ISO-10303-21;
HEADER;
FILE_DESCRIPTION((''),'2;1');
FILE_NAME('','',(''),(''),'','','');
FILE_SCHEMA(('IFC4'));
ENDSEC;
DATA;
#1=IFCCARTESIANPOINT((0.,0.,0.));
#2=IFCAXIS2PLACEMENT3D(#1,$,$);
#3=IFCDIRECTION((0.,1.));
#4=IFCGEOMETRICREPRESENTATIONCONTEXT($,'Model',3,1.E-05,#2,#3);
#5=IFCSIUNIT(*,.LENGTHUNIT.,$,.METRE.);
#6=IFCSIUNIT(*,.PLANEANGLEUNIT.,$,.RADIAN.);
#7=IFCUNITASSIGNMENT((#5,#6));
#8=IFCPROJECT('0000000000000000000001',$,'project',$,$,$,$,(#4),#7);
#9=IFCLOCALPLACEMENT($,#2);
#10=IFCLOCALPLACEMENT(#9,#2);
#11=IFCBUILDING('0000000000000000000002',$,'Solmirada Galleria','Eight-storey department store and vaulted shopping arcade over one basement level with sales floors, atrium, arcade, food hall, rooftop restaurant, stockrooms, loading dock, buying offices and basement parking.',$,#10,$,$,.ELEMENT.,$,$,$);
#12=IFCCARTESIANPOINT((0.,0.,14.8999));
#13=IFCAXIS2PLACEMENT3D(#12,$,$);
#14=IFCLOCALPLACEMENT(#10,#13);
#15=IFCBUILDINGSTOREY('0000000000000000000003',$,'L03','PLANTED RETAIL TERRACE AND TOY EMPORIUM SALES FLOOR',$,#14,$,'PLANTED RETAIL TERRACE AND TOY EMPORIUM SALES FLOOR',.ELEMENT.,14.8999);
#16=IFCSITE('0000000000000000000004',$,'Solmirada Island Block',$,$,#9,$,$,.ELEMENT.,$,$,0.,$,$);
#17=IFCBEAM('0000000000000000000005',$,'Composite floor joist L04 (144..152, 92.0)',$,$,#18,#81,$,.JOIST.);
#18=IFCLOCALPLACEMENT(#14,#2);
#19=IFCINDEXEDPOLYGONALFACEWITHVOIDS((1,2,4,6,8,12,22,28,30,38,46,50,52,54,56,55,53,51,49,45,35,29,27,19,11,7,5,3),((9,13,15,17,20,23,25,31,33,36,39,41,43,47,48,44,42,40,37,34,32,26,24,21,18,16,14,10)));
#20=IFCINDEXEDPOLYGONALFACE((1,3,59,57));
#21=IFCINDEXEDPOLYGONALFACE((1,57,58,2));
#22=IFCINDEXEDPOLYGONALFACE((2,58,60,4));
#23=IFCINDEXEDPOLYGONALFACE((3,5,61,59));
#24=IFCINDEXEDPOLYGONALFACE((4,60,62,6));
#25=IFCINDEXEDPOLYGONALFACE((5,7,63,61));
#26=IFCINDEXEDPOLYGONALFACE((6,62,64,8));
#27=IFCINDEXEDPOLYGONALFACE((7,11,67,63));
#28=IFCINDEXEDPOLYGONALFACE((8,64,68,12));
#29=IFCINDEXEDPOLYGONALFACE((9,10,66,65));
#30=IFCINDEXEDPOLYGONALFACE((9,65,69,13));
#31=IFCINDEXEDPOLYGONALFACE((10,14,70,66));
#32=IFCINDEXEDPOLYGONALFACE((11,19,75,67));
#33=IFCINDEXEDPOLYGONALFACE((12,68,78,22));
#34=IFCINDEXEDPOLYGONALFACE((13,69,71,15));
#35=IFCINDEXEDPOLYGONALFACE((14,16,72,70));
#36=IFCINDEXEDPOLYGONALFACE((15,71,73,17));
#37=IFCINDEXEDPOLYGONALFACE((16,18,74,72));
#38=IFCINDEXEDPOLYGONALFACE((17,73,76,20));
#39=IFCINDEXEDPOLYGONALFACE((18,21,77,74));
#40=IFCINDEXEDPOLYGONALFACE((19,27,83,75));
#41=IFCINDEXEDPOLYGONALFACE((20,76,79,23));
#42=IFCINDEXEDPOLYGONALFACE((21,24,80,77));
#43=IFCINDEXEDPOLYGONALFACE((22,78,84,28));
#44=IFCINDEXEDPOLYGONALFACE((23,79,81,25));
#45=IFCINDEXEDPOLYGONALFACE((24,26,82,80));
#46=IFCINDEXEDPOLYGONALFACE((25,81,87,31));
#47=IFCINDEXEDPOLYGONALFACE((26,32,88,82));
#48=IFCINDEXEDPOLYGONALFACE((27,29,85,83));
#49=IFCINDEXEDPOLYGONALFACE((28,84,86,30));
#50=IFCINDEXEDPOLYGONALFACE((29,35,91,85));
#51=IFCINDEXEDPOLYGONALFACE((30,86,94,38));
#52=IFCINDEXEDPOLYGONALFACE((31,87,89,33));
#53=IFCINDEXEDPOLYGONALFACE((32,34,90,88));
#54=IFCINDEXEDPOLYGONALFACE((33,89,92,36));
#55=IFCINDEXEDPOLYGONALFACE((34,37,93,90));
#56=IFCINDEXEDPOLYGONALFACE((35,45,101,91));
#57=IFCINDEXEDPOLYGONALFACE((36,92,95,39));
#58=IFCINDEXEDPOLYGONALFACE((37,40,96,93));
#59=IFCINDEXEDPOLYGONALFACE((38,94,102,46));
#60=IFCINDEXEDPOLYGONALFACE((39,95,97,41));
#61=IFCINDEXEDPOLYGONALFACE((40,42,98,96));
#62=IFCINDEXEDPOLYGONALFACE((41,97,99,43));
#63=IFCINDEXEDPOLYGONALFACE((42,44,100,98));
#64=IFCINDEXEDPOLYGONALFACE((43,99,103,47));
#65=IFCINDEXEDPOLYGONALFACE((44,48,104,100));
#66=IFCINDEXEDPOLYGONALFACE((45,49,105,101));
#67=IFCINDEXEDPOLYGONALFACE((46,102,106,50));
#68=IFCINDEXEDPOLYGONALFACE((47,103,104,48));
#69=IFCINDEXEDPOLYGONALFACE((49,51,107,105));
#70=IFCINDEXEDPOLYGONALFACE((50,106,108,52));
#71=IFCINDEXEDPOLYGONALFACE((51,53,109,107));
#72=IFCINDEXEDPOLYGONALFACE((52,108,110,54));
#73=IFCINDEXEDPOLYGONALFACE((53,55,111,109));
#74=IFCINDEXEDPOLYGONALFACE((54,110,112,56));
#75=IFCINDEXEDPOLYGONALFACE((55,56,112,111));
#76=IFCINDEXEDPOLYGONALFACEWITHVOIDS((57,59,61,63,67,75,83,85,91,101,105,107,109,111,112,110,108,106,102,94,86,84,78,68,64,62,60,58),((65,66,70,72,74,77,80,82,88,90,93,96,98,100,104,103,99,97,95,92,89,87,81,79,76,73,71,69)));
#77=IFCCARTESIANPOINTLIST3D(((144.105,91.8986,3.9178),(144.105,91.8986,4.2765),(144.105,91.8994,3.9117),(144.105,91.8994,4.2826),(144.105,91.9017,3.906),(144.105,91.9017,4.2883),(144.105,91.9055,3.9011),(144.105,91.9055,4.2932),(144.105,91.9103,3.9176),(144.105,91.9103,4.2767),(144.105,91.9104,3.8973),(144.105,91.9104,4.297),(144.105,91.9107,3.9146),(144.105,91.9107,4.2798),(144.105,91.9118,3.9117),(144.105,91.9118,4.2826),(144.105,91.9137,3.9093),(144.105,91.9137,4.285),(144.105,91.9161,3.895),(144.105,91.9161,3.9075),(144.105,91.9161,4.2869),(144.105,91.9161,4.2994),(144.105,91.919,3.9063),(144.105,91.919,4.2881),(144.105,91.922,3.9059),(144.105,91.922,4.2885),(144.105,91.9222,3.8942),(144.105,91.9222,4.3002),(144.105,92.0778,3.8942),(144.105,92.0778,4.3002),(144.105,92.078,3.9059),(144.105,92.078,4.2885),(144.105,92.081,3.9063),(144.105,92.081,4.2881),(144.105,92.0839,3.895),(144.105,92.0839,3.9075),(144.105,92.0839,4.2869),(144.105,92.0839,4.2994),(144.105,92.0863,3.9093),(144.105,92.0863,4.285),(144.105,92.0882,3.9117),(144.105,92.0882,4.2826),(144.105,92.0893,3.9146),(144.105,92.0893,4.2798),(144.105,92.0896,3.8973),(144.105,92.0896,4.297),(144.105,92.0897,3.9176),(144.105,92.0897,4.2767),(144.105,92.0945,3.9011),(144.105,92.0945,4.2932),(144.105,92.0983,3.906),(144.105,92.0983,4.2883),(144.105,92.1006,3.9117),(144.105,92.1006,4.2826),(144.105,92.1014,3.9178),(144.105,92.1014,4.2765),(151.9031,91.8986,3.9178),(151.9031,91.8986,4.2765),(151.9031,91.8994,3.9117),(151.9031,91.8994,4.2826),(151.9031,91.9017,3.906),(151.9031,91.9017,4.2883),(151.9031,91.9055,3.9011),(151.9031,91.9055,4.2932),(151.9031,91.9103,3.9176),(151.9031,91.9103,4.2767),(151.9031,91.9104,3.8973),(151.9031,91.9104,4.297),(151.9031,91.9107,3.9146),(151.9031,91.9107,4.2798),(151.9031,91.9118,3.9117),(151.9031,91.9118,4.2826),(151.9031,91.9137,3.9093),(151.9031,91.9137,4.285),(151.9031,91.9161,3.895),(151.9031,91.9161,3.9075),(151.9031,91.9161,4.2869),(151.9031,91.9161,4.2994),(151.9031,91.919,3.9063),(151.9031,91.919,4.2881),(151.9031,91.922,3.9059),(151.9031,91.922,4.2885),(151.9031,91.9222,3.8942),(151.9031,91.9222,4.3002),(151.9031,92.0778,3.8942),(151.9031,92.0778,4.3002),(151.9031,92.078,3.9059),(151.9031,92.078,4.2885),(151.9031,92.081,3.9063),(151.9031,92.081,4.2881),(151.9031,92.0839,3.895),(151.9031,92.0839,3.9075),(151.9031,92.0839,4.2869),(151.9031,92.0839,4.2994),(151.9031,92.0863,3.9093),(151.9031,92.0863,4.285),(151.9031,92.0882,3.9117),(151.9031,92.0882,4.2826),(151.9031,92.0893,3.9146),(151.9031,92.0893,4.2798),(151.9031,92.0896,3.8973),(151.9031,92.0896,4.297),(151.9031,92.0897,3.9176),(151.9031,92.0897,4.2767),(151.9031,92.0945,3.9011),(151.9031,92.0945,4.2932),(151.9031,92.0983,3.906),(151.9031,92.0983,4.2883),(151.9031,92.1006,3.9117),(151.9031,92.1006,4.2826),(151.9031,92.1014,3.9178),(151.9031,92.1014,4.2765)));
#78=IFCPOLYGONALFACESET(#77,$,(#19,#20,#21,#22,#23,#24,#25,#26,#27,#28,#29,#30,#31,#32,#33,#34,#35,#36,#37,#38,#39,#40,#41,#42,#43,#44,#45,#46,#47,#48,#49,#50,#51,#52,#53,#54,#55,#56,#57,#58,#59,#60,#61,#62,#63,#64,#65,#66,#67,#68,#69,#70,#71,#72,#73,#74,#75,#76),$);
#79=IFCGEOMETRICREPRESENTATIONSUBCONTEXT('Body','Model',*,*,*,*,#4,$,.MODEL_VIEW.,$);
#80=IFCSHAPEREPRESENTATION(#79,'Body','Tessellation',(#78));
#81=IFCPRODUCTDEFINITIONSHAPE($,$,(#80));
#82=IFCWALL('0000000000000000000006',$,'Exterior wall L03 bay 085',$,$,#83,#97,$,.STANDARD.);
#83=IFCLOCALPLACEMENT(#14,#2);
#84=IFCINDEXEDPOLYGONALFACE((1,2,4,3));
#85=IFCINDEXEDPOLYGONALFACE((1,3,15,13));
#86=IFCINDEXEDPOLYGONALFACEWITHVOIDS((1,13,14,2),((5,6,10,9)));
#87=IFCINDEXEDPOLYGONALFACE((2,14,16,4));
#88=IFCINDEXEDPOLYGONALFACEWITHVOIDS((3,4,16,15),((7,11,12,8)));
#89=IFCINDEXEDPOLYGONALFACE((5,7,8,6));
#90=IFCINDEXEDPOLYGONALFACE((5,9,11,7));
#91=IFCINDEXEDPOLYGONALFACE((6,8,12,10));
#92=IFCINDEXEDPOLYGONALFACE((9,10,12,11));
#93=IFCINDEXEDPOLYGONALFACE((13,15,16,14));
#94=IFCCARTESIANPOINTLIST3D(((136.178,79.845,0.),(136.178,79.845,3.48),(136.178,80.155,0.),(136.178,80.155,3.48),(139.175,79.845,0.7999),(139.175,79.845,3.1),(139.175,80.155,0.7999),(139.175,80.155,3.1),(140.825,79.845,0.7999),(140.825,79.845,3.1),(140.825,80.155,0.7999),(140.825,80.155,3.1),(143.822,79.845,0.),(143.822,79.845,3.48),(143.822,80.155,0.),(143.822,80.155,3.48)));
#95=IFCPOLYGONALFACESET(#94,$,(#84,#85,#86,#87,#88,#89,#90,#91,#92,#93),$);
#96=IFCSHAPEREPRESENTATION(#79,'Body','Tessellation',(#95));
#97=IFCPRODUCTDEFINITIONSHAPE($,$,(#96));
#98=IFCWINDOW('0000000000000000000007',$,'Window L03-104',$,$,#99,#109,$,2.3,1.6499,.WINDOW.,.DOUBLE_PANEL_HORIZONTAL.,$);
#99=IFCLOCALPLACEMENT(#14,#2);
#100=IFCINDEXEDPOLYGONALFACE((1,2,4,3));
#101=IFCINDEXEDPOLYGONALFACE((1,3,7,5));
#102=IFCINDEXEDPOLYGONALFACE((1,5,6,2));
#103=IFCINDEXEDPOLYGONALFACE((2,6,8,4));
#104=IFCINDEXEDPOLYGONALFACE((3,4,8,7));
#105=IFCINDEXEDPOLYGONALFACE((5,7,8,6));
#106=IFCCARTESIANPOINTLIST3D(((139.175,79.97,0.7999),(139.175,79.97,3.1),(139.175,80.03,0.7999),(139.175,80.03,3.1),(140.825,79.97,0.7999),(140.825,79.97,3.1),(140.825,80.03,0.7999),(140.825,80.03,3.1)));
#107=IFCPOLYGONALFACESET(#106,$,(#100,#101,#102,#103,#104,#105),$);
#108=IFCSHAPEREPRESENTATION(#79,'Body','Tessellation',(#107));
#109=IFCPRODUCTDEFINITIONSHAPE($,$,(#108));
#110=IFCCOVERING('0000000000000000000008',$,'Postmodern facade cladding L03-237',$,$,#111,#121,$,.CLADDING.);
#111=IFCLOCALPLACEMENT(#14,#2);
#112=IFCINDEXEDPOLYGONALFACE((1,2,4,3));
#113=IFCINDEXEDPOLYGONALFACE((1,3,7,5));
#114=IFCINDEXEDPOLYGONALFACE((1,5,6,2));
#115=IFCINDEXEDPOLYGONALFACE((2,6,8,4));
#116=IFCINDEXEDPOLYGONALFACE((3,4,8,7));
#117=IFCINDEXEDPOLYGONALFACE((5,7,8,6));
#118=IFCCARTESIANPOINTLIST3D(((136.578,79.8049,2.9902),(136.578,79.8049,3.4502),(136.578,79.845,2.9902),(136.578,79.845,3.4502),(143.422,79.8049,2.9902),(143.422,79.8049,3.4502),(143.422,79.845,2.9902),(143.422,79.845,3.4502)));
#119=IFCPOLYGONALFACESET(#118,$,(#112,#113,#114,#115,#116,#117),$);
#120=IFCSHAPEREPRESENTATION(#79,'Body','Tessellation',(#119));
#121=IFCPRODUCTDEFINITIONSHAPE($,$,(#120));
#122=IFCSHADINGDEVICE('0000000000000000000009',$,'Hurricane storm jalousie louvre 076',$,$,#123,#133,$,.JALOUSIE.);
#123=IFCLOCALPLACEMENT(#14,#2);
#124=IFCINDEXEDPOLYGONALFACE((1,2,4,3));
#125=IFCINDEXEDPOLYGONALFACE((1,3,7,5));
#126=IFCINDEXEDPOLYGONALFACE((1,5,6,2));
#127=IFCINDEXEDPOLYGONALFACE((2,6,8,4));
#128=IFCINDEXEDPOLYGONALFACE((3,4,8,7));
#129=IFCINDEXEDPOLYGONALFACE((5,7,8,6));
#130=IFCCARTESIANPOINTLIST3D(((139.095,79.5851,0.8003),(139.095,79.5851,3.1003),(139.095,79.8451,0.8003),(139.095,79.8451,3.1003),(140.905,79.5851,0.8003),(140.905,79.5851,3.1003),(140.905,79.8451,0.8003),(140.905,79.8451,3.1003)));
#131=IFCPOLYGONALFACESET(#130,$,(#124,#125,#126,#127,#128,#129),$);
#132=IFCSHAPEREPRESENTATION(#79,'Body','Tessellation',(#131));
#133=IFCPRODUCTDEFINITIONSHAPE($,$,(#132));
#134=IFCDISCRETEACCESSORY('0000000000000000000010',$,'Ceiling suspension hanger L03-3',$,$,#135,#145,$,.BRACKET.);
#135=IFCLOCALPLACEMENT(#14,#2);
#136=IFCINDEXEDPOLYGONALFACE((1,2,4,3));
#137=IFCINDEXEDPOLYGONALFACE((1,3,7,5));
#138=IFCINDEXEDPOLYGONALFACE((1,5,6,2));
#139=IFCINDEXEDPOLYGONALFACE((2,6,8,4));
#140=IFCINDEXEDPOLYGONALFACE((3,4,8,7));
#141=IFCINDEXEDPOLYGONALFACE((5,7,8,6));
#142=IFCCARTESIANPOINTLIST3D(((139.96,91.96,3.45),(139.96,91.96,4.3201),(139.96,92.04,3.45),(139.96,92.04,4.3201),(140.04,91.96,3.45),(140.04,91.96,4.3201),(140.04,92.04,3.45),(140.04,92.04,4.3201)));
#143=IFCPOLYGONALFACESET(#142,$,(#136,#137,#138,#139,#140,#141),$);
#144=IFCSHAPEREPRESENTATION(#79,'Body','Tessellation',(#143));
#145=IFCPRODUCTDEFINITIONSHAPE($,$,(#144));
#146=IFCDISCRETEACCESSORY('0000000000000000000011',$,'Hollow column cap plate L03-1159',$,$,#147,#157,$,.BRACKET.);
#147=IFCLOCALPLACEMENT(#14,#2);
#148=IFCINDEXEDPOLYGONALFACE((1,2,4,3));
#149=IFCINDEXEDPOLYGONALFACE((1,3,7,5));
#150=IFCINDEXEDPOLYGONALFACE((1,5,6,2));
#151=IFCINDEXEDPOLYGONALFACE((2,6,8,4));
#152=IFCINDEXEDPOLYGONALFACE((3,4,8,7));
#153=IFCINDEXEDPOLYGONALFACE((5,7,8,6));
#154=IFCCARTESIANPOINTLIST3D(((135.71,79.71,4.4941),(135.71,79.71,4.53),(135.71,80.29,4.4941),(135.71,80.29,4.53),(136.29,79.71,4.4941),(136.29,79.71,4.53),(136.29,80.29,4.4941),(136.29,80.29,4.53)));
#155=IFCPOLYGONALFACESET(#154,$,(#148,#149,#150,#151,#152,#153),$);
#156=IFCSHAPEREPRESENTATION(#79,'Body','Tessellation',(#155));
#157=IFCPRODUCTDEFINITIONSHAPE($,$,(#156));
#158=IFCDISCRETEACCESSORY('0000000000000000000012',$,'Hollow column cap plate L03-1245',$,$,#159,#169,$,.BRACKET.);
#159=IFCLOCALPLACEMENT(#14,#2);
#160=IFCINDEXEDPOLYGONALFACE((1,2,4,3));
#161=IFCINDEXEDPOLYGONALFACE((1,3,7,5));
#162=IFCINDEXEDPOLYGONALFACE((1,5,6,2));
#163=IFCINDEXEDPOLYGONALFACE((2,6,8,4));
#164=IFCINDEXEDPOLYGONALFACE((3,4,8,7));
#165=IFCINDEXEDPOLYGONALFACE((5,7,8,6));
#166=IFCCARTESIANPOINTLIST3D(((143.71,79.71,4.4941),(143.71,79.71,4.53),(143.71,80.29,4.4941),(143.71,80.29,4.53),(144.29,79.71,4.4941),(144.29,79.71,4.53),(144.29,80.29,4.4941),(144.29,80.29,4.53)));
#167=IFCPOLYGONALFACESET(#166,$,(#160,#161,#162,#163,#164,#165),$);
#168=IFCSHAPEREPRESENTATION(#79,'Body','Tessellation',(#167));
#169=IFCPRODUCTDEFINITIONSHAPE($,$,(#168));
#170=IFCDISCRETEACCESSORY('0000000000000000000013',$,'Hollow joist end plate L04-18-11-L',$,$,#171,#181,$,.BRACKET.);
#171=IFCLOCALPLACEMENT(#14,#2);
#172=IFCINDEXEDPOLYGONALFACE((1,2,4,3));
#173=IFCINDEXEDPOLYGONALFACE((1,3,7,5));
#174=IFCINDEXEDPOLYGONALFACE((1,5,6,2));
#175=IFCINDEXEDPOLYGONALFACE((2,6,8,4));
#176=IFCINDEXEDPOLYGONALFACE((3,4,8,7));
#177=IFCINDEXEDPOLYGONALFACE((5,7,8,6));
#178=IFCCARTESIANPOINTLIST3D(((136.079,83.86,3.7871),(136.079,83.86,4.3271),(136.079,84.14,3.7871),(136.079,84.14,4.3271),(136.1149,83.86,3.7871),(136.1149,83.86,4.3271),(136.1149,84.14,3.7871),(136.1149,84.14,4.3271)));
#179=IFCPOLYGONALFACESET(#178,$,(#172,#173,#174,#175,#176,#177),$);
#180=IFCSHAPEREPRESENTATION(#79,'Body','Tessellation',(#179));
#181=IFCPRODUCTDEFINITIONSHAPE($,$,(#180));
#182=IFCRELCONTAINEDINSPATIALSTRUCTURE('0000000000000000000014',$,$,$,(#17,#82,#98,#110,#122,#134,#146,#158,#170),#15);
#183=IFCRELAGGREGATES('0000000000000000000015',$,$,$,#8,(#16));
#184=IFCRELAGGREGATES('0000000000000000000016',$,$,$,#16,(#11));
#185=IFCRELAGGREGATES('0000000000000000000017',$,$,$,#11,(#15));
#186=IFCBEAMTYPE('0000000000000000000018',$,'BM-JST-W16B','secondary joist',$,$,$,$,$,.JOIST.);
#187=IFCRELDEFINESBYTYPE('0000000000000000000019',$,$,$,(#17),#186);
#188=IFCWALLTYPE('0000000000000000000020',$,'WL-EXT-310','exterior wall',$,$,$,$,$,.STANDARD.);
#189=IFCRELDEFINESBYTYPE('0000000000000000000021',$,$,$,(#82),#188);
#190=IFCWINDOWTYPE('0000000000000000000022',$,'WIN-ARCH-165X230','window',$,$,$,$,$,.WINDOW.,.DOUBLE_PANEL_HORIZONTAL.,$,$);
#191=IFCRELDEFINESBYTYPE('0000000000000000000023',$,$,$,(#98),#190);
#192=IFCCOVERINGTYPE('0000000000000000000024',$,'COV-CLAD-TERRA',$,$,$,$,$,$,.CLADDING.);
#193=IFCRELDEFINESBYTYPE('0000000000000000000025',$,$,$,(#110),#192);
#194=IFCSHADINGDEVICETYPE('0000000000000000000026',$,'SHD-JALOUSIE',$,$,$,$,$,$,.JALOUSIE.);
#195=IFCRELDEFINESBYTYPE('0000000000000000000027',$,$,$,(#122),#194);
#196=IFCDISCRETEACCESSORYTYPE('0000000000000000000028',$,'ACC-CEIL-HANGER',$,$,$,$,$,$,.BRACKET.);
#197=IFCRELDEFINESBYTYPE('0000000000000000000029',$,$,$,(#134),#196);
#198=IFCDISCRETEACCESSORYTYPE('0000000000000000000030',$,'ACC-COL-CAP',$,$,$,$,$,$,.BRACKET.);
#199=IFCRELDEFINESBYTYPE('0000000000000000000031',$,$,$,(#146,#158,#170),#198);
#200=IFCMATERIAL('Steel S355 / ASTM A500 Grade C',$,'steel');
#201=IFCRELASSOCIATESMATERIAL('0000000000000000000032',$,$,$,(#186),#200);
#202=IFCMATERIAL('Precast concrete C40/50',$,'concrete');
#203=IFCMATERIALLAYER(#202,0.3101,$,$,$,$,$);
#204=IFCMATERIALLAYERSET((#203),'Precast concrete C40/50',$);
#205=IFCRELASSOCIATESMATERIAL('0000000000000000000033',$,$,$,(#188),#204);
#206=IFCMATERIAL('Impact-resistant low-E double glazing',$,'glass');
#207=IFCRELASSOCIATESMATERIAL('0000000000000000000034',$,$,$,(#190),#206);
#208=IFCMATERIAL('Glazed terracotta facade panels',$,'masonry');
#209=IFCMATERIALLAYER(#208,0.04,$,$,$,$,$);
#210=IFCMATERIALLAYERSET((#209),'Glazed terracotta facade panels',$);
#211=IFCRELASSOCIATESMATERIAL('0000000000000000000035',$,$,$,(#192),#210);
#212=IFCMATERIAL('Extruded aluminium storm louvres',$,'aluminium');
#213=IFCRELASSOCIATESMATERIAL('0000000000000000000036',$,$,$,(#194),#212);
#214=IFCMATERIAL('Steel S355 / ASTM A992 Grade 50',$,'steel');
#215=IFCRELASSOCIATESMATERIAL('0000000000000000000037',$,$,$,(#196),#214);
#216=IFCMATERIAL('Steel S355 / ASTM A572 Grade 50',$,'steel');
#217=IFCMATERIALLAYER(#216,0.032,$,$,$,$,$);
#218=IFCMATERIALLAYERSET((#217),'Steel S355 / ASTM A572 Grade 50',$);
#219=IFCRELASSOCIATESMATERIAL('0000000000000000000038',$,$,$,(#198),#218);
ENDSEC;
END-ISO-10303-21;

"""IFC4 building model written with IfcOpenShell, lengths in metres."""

from ifc_helpers import new_model, si_unit, direction, frame, frame_2d, origin, origin_2d, place, context, subcontext, project, spatial, rectangle, hollow_rectangle, extrude, material, layer, layer_set, material_profile, profile_set, type_object, element, fill, save


model = new_model("IFC4")

# Units and contexts
model_context = context("Model", 3, precision=1e-05, world=origin(), true_north=direction((0.0, 1.0)))
body_context = subcontext(model_context, "Body", "Model", "MODEL_VIEW")
ifc_project = project(units=[si_unit("LENGTHUNIT", "METRE"), si_unit("PLANEANGLEUNIT", "RADIAN")], contexts=[model_context])

# Site, building, storey
site_placement = place(None, origin())
site = spatial("IfcSite", under=ifc_project, at=site_placement, Name="Solmirada Island Block", CompositionType="ELEMENT", RefElevation=0.0)
building_placement = place(site_placement, origin())
building = spatial("IfcBuilding", under=site, at=building_placement, Name="Solmirada Galleria", Description="Eight-storey department store and vaulted shopping arcade over one basement level with sales floors, atrium, arcade, food hall, rooftop restaurant, stockrooms, loading dock, buying offices and basement parking.", CompositionType="ELEMENT")
storey_placement = place(building_placement, frame((0.0, 0.0, 14.8999)))
storey = spatial("IfcBuildingStorey", under=building, at=storey_placement, Name="L03", Description="PLANTED RETAIL TERRACE AND TOY EMPORIUM SALES FLOOR", LongName="PLANTED RETAIL TERRACE AND TOY EMPORIUM SALES FLOOR", CompositionType="ELEMENT", Elevation=14.8999)

# Shared definitions
ifc_material_1 = material(Name="Steel S355 / ASTM A500 Grade C", Category="steel")

# Beam
ifc_material_2 = material(Name="Steel S355 / ASTM A992 Grade 50", Category="steel")
ifc_material_profile_1 = material_profile(ifc_material_1, hollow_rectangle(XDim=0.2029, YDim=0.406, WallThickness=0.0117, InnerFilletRadius=0.0117, OuterFilletRadius=0.0237, at=origin_2d()), Name="HSS16X8X1/2")
ifc_profile_set_1 = profile_set([ifc_material_profile_1], Name="Steel S355 / ASTM A500 Grade C")
beam_type_1 = type_object("IfcBeamType", Name="BM-JST-W16B", Description="secondary joist", PredefinedType="JOIST", material=ifc_profile_set_1)
for number, where, z_axis, x_axis, name in (
    (1, (144.105, 92.0, 4.0972), (1.0, 0.0, 0.0), (0.0, 1.0, 0.0), "Composite floor joist L04 (144..152, 92.0)"),
):
    element("IfcBeam", number, at=place(storey_placement, frame(where, z_axis=z_axis, x_axis=x_axis)), inside=storey, type_object=beam_type_1, Name=name, PredefinedType="JOIST", context=body_context, shape_type="SweptSolid", body=[
        extrude(hollow_rectangle(XDim=0.2029, YDim=0.406, WallThickness=0.0117, InnerFilletRadius=0.0117, OuterFilletRadius=0.0237, at=origin_2d()), origin(), (0.0, 0.0, 1.0), 7.7981),
    ])

# Wall, opening, window
ifc_material_3 = material(Name="Precast concrete C40/50", Category="concrete")
ifc_layer_1 = layer(ifc_material_3, 0.3101)
ifc_layer_set_1 = layer_set([ifc_layer_1], Name="Precast concrete C40/50")
wall_type = type_object("IfcWallType", Name="WL-EXT-310", Description="exterior wall", PredefinedType="STANDARD", material=ifc_layer_set_1)
wall_placement = place(storey_placement, frame((143.822, 80.0, 0.0), z_axis=(0.0, 0.0, 1.0), x_axis=(-1.0, 0.0, 0.0)))
wall = element("IfcWall", 2, at=wall_placement, inside=storey, type_object=wall_type, Name="Exterior wall L03 bay 085", PredefinedType="STANDARD", context=body_context, shape_type="SweptSolid", body=[
    extrude(rectangle(XDim=7.644, YDim=0.3101, at=frame_2d((3.822, 0.0))), origin(), (0.0, 0.0, 1.0), 3.48),
])
opening_placement = place(wall_placement, frame((2.9971, 0.0, 0.8)))
opening = element("IfcOpeningElement", 3, at=opening_placement, cuts=wall, PredefinedType="OPENING", context=body_context, shape_type="SweptSolid", body=[
    extrude(rectangle(XDim=1.6499, YDim=2.3, at=frame_2d((0.825, 1.1499))), frame((0.0, 0.165, 0.0), z_axis=(0.0, -1.0, 0.0), x_axis=(1.0, 0.0, 0.0)), (0.0, 0.0, 1.0), 0.3301),
])
ifc_material_4 = material(Name="Impact-resistant low-E double glazing", Category="glass")
window_type = type_object("IfcWindowType", Name="WIN-ARCH-165X230", Description="window", PartitioningType="DOUBLE_PANEL_HORIZONTAL", PredefinedType="WINDOW", material=ifc_material_4)
window_placement = place(opening_placement, origin())
window = element("IfcWindow", 4, at=window_placement, inside=storey, type_object=window_type, Name="Window L03-104", OverallHeight=2.3, OverallWidth=1.6499, PartitioningType="DOUBLE_PANEL_HORIZONTAL", PredefinedType="WINDOW", context=body_context, shape_type="SweptSolid", body=[
    extrude(rectangle(XDim=1.6499, YDim=2.3, at=frame_2d((0.825, 1.1499))), frame((0.0, 0.03, 0.0), z_axis=(0.0, -1.0, 0.0), x_axis=(1.0, 0.0, 0.0)), (0.0, 0.0, 1.0), 0.0601),
])
fill(opening, window)

# Covering
ifc_material_5 = material(Name="Glazed terracotta facade panels", Category="masonry")
ifc_layer_2 = layer(ifc_material_5, 0.04)
ifc_layer_set_2 = layer_set([ifc_layer_2], Name="Glazed terracotta facade panels")
covering_type = type_object("IfcCoveringType", Name="COV-CLAD-TERRA", PredefinedType="CLADDING", material=ifc_layer_set_2)
covering_placement = place(storey_placement, frame((140.0, 79.825, 2.9902), z_axis=(0.0, 0.0, 1.0), x_axis=(-1.0, 0.0, 0.0)))
element("IfcCovering", 5, at=covering_placement, inside=storey, type_object=covering_type, Name="Postmodern facade cladding L03-237", PredefinedType="CLADDING", context=body_context, shape_type="SweptSolid", body=[
    extrude(rectangle(XDim=6.844, YDim=0.04, at=origin_2d()), origin(), (0.0, 0.0, 1.0), 0.46),
])

# Shading device
ifc_material_6 = material(Name="Extruded aluminium storm louvres", Category="aluminium")
shading_device_type = type_object("IfcShadingDeviceType", Name="SHD-JALOUSIE", PredefinedType="JALOUSIE", material=ifc_material_6)
shading_device_placement = place(storey_placement, frame((140.0, 79.7151, 0.8003), z_axis=(0.0, 0.0, 1.0), x_axis=(-1.0, 0.0, 0.0)))
element("IfcShadingDevice", 6, at=shading_device_placement, inside=storey, type_object=shading_device_type, Name="Hurricane storm jalousie louvre 076", PredefinedType="JALOUSIE", context=body_context, shape_type="SweptSolid", body=[
    extrude(rectangle(XDim=1.8101, YDim=0.26, at=origin_2d()), origin(), (0.0, 0.0, 1.0), 2.3),
])

# Discrete accessories
discrete_accessory_type_1 = type_object("IfcDiscreteAccessoryType", Name="ACC-CEIL-HANGER", PredefinedType="BRACKET", material=ifc_material_2)
discrete_accessory_placement = place(storey_placement, frame((140.0, 92.0, 3.45), z_axis=(0.0, 0.0, 1.0), x_axis=(1.0, 0.0, 0.0)))
element("IfcDiscreteAccessory", 7, at=discrete_accessory_placement, inside=storey, type_object=discrete_accessory_type_1, Name="Ceiling suspension hanger L03-3", PredefinedType="BRACKET", context=body_context, shape_type="SweptSolid", body=[
    extrude(rectangle(XDim=0.0801, YDim=0.0801, at=origin_2d()), origin(), (0.0, 0.0, 1.0), 0.8701),
])
ifc_material_7 = material(Name="Steel S355 / ASTM A572 Grade 50", Category="steel")
ifc_layer_3 = layer(ifc_material_7, 0.032)
ifc_layer_set_3 = layer_set([ifc_layer_3], Name="Steel S355 / ASTM A572 Grade 50")
discrete_accessory_type_2 = type_object("IfcDiscreteAccessoryType", Name="ACC-COL-CAP", PredefinedType="BRACKET", material=ifc_layer_set_3)
for number, where, z_axis, x_axis, name in (
    (8, (136.0, 80.0, 4.4941), (0.0, 0.0, 1.0), (1.0, 0.0, 0.0), "Hollow column cap plate L03-1159"),
    (9, (144.0, 80.0, 4.4941), (0.0, 0.0, 1.0), (1.0, 0.0, 0.0), "Hollow column cap plate L03-1245"),
):
    element("IfcDiscreteAccessory", number, at=place(storey_placement, frame(where, z_axis=z_axis, x_axis=x_axis)), inside=storey, type_object=discrete_accessory_type_2, Name=name, PredefinedType="BRACKET", context=body_context, shape_type="SweptSolid", body=[
        extrude(rectangle(XDim=0.5801, YDim=0.5801, at=origin_2d()), origin(), (0.0, 0.0, 1.0), 0.0359),
    ])
for number, where, z_axis, x_axis, name in (
    (10, (136.0969, 84.0, 3.7871), (0.0, 0.0, 1.0), (1.0, 0.0, 0.0), "Hollow joist end plate L04-18-11-L"),
):
    element("IfcDiscreteAccessory", number, at=place(storey_placement, frame(where, z_axis=z_axis, x_axis=x_axis)), inside=storey, type_object=discrete_accessory_type_2, Name=name, PredefinedType="BRACKET", context=body_context, shape_type="SweptSolid", body=[
        extrude(rectangle(XDim=0.0359, YDim=0.28, at=origin_2d()), origin(), (0.0, 0.0, 1.0), 0.54),
    ])

save(model, "model.ifc")
